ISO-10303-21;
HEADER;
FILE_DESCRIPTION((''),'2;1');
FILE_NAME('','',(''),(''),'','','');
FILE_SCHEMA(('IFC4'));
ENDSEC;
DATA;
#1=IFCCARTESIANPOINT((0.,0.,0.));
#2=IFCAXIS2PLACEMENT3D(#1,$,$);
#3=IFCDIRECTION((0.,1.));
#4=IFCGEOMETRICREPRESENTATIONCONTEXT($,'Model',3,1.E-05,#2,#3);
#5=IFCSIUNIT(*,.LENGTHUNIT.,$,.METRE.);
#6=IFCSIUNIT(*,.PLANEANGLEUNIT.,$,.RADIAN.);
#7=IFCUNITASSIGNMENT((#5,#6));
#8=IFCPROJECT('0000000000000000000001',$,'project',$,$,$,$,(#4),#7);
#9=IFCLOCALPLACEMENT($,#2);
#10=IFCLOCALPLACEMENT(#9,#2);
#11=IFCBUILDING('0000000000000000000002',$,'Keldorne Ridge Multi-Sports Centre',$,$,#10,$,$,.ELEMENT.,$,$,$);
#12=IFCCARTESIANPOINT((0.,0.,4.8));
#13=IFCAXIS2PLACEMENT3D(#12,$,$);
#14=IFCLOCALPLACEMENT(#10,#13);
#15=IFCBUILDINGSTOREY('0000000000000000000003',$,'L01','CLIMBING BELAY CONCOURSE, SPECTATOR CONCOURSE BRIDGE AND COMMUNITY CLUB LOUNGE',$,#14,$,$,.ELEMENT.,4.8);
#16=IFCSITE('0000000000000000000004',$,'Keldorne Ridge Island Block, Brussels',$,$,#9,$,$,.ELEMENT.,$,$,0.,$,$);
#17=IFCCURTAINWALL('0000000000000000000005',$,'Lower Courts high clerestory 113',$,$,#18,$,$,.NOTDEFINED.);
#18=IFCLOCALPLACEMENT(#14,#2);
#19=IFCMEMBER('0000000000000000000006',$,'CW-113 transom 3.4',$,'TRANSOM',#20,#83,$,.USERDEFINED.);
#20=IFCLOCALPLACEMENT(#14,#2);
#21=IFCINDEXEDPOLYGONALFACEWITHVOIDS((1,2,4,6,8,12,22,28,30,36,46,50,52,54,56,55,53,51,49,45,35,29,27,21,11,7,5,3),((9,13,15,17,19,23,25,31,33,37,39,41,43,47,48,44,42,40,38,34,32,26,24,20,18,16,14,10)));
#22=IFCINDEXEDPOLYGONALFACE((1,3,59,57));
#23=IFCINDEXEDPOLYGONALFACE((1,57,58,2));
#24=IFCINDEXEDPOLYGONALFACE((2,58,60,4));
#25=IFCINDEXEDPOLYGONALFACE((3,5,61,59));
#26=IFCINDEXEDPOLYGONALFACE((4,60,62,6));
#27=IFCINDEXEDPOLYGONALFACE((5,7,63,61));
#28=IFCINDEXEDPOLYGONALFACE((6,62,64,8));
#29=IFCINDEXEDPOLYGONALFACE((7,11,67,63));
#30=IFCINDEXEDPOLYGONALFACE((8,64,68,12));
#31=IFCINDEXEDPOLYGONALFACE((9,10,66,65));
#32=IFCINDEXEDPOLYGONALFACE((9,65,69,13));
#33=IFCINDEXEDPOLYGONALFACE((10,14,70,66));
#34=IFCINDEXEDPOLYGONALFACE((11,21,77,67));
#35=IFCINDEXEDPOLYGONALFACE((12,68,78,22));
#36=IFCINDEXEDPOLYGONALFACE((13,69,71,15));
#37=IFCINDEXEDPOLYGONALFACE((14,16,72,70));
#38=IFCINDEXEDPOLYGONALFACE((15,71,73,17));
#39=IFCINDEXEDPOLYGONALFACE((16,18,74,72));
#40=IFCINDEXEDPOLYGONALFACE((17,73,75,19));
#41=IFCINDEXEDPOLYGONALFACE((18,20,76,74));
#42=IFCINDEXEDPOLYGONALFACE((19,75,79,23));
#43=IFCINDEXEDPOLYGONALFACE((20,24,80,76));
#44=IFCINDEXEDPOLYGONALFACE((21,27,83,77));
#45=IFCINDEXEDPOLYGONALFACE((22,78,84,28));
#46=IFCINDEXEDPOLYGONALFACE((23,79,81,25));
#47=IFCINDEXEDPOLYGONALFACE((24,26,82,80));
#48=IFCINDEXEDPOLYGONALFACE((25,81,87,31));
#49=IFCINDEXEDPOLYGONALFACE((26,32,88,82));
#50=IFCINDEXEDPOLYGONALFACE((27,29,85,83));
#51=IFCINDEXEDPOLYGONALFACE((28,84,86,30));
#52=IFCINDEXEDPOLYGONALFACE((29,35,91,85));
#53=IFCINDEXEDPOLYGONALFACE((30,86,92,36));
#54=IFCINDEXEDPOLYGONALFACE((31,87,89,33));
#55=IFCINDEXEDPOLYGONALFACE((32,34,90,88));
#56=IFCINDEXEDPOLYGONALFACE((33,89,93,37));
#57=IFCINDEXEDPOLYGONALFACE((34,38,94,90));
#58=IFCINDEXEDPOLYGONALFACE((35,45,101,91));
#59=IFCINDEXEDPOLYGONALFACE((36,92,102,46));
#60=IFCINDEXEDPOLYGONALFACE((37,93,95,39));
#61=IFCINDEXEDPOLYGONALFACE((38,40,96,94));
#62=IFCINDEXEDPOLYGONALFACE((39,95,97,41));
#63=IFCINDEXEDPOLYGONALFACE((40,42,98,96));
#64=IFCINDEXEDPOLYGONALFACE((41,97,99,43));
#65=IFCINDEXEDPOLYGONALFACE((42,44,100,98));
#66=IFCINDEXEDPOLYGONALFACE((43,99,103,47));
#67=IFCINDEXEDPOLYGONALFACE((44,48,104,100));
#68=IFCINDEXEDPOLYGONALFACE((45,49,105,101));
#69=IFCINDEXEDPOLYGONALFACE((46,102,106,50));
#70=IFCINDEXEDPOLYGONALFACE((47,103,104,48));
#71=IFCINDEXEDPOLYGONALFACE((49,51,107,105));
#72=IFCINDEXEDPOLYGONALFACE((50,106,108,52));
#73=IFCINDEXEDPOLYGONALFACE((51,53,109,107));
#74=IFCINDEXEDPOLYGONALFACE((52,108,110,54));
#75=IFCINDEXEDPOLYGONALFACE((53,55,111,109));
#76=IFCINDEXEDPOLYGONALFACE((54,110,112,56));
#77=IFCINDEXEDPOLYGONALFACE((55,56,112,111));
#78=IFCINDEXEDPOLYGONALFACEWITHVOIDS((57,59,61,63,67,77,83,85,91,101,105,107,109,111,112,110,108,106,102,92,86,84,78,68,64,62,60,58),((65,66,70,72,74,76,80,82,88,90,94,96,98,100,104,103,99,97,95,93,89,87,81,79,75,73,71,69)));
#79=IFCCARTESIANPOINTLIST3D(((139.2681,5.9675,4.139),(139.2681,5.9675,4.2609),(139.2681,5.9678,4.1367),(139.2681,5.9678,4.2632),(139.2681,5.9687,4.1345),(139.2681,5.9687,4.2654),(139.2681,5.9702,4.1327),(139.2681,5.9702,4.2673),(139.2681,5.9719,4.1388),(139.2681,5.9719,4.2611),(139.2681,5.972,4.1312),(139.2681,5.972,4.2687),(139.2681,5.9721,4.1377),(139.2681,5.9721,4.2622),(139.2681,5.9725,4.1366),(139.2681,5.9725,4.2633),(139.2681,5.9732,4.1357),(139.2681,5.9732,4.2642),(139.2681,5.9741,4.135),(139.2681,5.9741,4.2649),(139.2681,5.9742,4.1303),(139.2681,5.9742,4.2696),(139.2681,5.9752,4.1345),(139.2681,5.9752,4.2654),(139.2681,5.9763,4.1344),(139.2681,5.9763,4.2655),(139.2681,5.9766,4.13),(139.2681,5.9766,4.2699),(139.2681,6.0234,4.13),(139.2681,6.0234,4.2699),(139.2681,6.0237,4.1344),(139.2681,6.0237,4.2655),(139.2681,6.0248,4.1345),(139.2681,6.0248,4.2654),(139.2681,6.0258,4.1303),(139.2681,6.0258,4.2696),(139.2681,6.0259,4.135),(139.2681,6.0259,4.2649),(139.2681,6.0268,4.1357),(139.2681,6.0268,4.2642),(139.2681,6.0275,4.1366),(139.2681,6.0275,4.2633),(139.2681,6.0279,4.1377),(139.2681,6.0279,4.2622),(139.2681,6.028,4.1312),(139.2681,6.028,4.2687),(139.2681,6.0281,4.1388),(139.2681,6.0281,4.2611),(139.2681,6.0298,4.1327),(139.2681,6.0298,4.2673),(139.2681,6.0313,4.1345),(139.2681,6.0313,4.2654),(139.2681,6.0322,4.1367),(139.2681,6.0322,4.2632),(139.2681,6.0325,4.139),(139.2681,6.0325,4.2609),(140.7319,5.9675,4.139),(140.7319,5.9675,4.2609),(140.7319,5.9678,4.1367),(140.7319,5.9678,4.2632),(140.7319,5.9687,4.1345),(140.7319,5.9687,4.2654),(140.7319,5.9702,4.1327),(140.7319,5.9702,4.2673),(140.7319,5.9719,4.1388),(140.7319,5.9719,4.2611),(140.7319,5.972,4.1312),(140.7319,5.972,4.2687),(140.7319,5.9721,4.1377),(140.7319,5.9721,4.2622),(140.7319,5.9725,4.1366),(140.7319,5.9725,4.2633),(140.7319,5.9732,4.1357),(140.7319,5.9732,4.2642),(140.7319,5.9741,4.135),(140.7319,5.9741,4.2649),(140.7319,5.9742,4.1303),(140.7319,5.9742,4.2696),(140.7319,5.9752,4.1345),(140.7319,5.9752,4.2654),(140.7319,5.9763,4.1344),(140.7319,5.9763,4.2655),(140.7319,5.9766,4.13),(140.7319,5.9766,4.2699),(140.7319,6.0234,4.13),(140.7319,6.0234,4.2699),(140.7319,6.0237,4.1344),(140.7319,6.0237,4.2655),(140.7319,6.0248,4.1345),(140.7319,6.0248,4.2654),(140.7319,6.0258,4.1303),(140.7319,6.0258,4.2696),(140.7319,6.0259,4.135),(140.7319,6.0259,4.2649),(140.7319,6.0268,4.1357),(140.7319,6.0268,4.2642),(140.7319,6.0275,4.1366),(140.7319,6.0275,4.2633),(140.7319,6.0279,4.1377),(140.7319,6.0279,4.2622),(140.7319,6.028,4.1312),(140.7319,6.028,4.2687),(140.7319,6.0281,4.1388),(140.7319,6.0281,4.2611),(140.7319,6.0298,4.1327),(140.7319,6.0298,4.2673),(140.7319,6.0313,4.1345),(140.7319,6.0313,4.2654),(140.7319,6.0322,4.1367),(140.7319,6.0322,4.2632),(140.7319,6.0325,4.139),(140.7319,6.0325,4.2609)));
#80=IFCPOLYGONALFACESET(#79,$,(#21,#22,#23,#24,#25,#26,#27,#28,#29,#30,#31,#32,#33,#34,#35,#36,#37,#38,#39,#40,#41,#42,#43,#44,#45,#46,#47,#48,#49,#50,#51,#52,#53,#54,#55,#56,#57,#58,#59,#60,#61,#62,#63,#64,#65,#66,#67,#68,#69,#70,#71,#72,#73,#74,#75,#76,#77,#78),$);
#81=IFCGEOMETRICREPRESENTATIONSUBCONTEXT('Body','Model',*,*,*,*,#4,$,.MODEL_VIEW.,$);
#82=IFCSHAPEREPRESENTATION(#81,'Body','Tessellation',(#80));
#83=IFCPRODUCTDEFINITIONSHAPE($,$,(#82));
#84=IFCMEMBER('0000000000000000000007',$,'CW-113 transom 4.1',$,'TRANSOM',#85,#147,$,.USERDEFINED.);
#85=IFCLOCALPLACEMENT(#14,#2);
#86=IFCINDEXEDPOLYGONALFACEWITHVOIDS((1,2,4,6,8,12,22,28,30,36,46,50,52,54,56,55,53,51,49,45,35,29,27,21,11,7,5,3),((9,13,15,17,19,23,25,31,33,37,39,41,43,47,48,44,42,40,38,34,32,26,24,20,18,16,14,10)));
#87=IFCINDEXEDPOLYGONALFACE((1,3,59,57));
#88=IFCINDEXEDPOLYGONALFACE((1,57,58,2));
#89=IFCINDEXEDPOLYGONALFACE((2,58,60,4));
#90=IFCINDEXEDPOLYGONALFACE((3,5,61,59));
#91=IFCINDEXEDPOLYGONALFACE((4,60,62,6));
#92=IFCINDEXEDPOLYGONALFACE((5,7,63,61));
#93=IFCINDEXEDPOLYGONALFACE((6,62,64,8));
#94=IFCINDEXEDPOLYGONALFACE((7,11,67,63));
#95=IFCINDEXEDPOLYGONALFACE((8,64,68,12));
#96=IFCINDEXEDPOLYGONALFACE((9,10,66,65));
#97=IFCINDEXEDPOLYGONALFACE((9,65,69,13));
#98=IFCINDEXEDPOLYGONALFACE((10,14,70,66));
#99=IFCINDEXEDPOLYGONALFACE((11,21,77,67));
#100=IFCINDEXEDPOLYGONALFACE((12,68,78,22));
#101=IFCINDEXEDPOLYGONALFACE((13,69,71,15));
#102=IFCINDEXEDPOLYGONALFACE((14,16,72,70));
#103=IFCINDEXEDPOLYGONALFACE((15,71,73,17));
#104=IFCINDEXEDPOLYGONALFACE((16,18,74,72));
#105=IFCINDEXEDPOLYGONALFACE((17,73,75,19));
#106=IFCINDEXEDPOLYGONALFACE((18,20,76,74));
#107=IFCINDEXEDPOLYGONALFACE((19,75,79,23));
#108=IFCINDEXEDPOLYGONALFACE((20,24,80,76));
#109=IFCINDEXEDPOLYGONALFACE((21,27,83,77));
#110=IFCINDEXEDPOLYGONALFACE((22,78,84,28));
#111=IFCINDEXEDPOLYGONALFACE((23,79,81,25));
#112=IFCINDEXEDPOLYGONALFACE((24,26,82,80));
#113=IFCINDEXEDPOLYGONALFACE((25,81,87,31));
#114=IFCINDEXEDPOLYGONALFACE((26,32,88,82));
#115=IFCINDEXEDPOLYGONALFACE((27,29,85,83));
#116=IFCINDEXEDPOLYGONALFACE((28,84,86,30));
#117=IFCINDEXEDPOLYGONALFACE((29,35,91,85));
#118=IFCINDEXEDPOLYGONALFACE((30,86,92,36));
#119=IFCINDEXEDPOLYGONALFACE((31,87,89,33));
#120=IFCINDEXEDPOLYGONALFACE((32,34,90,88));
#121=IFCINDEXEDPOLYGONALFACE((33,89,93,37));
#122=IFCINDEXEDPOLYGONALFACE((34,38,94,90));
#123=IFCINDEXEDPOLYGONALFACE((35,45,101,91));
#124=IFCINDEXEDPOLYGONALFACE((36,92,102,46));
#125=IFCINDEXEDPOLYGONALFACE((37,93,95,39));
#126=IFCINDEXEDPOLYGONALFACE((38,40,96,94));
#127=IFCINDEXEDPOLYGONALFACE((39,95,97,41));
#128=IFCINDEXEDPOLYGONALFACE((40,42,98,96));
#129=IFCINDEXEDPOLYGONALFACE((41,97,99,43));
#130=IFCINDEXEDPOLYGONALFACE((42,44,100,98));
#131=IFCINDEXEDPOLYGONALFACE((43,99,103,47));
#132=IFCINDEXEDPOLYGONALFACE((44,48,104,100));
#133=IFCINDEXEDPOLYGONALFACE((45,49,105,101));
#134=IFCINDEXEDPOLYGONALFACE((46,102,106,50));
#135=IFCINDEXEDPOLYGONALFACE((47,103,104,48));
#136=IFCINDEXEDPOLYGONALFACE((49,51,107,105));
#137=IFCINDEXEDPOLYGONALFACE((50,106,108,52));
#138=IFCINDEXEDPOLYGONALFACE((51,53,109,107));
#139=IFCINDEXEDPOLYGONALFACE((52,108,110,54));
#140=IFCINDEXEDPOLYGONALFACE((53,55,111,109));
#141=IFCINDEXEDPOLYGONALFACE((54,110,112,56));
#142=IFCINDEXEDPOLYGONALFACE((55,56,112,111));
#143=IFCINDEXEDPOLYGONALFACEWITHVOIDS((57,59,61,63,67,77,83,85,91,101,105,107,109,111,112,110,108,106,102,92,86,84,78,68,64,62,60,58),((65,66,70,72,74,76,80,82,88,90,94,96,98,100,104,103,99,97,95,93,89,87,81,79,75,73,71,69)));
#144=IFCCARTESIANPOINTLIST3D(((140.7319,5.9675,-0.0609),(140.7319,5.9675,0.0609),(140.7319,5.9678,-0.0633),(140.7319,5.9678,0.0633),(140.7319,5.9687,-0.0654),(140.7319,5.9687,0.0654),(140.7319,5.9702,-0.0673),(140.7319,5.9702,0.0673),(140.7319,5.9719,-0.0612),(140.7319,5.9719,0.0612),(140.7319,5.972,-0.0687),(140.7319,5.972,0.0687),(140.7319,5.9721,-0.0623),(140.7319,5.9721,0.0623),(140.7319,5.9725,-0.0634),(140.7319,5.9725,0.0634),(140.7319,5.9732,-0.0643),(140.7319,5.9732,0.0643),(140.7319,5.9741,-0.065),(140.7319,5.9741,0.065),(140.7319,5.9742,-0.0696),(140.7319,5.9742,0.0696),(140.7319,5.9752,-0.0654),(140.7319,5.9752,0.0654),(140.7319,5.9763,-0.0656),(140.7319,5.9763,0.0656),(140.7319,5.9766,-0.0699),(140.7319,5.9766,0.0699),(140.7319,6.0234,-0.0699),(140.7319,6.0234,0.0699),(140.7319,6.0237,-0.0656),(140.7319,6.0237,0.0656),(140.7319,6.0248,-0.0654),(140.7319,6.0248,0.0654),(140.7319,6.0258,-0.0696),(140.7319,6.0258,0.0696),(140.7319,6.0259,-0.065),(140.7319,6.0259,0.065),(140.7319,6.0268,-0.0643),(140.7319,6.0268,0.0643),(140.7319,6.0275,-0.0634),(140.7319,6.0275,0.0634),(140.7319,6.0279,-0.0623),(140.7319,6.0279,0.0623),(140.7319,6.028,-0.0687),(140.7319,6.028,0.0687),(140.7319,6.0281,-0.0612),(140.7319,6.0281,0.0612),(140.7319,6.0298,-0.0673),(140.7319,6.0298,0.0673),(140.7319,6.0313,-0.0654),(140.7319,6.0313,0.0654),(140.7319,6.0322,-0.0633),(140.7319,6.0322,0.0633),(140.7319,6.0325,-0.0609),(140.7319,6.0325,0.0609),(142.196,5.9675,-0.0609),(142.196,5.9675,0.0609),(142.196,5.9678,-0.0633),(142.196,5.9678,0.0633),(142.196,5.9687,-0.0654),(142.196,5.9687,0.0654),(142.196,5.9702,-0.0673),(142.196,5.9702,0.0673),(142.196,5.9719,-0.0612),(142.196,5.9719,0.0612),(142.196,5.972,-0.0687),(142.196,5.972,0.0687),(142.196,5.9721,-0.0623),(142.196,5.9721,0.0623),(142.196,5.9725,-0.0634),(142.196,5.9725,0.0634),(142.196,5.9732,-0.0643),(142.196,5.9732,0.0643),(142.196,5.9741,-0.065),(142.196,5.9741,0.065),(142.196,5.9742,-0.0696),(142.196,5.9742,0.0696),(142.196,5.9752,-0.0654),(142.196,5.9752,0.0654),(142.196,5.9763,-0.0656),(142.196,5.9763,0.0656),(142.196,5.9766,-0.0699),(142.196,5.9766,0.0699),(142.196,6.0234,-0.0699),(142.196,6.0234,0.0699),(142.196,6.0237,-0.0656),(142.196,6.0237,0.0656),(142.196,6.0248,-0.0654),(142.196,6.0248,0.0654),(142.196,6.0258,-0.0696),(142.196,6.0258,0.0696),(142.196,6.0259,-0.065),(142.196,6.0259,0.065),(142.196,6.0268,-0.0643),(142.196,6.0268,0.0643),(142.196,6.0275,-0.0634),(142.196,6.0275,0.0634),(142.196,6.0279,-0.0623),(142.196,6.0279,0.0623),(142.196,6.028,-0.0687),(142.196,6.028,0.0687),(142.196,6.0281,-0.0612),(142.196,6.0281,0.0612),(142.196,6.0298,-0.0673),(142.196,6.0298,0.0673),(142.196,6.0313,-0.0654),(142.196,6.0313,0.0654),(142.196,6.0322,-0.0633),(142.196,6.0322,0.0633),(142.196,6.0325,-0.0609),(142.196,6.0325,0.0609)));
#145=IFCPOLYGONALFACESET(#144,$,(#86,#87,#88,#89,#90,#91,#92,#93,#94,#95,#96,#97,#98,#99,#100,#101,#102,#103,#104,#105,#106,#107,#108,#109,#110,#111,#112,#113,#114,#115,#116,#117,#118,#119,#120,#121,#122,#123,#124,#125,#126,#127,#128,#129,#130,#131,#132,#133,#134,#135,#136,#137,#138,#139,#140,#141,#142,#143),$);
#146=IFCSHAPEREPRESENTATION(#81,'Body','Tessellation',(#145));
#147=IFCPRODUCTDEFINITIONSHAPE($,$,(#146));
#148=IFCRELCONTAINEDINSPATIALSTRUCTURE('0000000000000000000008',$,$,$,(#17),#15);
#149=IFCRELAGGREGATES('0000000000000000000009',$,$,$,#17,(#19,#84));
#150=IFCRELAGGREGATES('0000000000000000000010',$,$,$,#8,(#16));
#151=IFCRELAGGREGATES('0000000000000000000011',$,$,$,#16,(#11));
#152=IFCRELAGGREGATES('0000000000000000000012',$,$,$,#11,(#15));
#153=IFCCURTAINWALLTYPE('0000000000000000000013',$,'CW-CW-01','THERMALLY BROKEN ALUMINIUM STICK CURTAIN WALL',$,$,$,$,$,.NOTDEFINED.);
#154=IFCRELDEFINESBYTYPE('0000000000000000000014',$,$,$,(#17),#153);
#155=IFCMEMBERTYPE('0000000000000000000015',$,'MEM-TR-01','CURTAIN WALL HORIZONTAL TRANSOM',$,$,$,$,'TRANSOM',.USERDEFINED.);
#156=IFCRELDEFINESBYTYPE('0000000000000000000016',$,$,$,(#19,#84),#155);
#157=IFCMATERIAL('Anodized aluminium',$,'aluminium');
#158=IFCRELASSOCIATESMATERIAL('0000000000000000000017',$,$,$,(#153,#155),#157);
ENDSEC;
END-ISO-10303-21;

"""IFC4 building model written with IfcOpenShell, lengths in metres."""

from ifc_helpers import new_model, si_unit, direction, frame, origin, origin_2d, place, context, subcontext, project, spatial, hollow_rectangle, extrude, material, material_profile, profile_set, type_object, element, aggregate, save


model = new_model("IFC4")

# Units and contexts
model_context = context("Model", 3, precision=1e-05, world=origin(), true_north=direction((0.0, 1.0)))
body_context = subcontext(model_context, "Body", "Model", "MODEL_VIEW")
ifc_project = project(units=[si_unit("LENGTHUNIT", "METRE"), si_unit("PLANEANGLEUNIT", "RADIAN")], contexts=[model_context])

# Site, building, storey
site_placement = place(None, origin())
site = spatial("IfcSite", under=ifc_project, at=site_placement, Name="Keldorne Ridge Island Block, Brussels", CompositionType="ELEMENT", RefElevation=0.0)
building_placement = place(site_placement, origin())
building = spatial("IfcBuilding", under=site, at=building_placement, Name="Keldorne Ridge Multi-Sports Centre", CompositionType="ELEMENT")
storey_placement = place(building_placement, frame((0.0, 0.0, 4.8)))
storey = spatial("IfcBuildingStorey", under=building, at=storey_placement, Name="L01", Description="CLIMBING BELAY CONCOURSE, SPECTATOR CONCOURSE BRIDGE AND COMMUNITY CLUB LOUNGE", CompositionType="ELEMENT", Elevation=4.8)

# Curtain wall, members
ifc_material_1 = material(Name="Anodized aluminium", Category="aluminium")
curtain_wall_type = type_object("IfcCurtainWallType", Name="CW-CW-01", Description="THERMALLY BROKEN ALUMINIUM STICK CURTAIN WALL", PredefinedType="NOTDEFINED", material=ifc_material_1)
curtain_wall_placement = place(storey_placement, origin())
curtain_wall = element("IfcCurtainWall", 1, at=curtain_wall_placement, inside=storey, type_object=curtain_wall_type, Name="Lower Courts high clerestory 113", PredefinedType="NOTDEFINED")
ifc_material_profile_1 = material_profile(ifc_material_1, hollow_rectangle(XDim=0.0649, YDim=0.1399, WallThickness=0.0044, InnerFilletRadius=0.0044, OuterFilletRadius=0.009, at=origin_2d()), Name="ALU TRANSOM 140x65x4.5")
ifc_profile_set_1 = profile_set([ifc_material_profile_1], Name="Anodized aluminium")
member_type_1 = type_object("IfcMemberType", Name="MEM-TR-01", Description="CURTAIN WALL HORIZONTAL TRANSOM", ElementType="TRANSOM", PredefinedType="USERDEFINED", material=ifc_profile_set_1)
member_1_placement = place(storey_placement, frame((139.2681, 6.0, 4.2), z_axis=(1.0, 0.0, 0.0), x_axis=(0.0, 1.0, 0.0)))
member_1 = element("IfcMember", 2, at=member_1_placement, type_object=member_type_1, Name="CW-113 transom 3.4", ObjectType="TRANSOM", PredefinedType="USERDEFINED", context=body_context, shape_type="SweptSolid", body=[
    extrude(hollow_rectangle(XDim=0.0649, YDim=0.1399, WallThickness=0.0044, InnerFilletRadius=0.0044, OuterFilletRadius=0.009, at=origin_2d()), origin(), (0.0, 0.0, 1.0), 1.4639),
])
member_2_placement = place(storey_placement, frame((140.7319, 6.0, 0.0), z_axis=(1.0, 0.0, 0.0), x_axis=(0.0, 1.0, 0.0)))
member_2 = element("IfcMember", 3, at=member_2_placement, type_object=member_type_1, Name="CW-113 transom 4.1", ObjectType="TRANSOM", PredefinedType="USERDEFINED", context=body_context, shape_type="SweptSolid", body=[
    extrude(hollow_rectangle(XDim=0.0649, YDim=0.1399, WallThickness=0.0044, InnerFilletRadius=0.0044, OuterFilletRadius=0.009, at=origin_2d()), origin(), (0.0, 0.0, 1.0), 1.4641),
])
aggregate(curtain_wall, [member_1, member_2])

save(model, "model.ifc")
